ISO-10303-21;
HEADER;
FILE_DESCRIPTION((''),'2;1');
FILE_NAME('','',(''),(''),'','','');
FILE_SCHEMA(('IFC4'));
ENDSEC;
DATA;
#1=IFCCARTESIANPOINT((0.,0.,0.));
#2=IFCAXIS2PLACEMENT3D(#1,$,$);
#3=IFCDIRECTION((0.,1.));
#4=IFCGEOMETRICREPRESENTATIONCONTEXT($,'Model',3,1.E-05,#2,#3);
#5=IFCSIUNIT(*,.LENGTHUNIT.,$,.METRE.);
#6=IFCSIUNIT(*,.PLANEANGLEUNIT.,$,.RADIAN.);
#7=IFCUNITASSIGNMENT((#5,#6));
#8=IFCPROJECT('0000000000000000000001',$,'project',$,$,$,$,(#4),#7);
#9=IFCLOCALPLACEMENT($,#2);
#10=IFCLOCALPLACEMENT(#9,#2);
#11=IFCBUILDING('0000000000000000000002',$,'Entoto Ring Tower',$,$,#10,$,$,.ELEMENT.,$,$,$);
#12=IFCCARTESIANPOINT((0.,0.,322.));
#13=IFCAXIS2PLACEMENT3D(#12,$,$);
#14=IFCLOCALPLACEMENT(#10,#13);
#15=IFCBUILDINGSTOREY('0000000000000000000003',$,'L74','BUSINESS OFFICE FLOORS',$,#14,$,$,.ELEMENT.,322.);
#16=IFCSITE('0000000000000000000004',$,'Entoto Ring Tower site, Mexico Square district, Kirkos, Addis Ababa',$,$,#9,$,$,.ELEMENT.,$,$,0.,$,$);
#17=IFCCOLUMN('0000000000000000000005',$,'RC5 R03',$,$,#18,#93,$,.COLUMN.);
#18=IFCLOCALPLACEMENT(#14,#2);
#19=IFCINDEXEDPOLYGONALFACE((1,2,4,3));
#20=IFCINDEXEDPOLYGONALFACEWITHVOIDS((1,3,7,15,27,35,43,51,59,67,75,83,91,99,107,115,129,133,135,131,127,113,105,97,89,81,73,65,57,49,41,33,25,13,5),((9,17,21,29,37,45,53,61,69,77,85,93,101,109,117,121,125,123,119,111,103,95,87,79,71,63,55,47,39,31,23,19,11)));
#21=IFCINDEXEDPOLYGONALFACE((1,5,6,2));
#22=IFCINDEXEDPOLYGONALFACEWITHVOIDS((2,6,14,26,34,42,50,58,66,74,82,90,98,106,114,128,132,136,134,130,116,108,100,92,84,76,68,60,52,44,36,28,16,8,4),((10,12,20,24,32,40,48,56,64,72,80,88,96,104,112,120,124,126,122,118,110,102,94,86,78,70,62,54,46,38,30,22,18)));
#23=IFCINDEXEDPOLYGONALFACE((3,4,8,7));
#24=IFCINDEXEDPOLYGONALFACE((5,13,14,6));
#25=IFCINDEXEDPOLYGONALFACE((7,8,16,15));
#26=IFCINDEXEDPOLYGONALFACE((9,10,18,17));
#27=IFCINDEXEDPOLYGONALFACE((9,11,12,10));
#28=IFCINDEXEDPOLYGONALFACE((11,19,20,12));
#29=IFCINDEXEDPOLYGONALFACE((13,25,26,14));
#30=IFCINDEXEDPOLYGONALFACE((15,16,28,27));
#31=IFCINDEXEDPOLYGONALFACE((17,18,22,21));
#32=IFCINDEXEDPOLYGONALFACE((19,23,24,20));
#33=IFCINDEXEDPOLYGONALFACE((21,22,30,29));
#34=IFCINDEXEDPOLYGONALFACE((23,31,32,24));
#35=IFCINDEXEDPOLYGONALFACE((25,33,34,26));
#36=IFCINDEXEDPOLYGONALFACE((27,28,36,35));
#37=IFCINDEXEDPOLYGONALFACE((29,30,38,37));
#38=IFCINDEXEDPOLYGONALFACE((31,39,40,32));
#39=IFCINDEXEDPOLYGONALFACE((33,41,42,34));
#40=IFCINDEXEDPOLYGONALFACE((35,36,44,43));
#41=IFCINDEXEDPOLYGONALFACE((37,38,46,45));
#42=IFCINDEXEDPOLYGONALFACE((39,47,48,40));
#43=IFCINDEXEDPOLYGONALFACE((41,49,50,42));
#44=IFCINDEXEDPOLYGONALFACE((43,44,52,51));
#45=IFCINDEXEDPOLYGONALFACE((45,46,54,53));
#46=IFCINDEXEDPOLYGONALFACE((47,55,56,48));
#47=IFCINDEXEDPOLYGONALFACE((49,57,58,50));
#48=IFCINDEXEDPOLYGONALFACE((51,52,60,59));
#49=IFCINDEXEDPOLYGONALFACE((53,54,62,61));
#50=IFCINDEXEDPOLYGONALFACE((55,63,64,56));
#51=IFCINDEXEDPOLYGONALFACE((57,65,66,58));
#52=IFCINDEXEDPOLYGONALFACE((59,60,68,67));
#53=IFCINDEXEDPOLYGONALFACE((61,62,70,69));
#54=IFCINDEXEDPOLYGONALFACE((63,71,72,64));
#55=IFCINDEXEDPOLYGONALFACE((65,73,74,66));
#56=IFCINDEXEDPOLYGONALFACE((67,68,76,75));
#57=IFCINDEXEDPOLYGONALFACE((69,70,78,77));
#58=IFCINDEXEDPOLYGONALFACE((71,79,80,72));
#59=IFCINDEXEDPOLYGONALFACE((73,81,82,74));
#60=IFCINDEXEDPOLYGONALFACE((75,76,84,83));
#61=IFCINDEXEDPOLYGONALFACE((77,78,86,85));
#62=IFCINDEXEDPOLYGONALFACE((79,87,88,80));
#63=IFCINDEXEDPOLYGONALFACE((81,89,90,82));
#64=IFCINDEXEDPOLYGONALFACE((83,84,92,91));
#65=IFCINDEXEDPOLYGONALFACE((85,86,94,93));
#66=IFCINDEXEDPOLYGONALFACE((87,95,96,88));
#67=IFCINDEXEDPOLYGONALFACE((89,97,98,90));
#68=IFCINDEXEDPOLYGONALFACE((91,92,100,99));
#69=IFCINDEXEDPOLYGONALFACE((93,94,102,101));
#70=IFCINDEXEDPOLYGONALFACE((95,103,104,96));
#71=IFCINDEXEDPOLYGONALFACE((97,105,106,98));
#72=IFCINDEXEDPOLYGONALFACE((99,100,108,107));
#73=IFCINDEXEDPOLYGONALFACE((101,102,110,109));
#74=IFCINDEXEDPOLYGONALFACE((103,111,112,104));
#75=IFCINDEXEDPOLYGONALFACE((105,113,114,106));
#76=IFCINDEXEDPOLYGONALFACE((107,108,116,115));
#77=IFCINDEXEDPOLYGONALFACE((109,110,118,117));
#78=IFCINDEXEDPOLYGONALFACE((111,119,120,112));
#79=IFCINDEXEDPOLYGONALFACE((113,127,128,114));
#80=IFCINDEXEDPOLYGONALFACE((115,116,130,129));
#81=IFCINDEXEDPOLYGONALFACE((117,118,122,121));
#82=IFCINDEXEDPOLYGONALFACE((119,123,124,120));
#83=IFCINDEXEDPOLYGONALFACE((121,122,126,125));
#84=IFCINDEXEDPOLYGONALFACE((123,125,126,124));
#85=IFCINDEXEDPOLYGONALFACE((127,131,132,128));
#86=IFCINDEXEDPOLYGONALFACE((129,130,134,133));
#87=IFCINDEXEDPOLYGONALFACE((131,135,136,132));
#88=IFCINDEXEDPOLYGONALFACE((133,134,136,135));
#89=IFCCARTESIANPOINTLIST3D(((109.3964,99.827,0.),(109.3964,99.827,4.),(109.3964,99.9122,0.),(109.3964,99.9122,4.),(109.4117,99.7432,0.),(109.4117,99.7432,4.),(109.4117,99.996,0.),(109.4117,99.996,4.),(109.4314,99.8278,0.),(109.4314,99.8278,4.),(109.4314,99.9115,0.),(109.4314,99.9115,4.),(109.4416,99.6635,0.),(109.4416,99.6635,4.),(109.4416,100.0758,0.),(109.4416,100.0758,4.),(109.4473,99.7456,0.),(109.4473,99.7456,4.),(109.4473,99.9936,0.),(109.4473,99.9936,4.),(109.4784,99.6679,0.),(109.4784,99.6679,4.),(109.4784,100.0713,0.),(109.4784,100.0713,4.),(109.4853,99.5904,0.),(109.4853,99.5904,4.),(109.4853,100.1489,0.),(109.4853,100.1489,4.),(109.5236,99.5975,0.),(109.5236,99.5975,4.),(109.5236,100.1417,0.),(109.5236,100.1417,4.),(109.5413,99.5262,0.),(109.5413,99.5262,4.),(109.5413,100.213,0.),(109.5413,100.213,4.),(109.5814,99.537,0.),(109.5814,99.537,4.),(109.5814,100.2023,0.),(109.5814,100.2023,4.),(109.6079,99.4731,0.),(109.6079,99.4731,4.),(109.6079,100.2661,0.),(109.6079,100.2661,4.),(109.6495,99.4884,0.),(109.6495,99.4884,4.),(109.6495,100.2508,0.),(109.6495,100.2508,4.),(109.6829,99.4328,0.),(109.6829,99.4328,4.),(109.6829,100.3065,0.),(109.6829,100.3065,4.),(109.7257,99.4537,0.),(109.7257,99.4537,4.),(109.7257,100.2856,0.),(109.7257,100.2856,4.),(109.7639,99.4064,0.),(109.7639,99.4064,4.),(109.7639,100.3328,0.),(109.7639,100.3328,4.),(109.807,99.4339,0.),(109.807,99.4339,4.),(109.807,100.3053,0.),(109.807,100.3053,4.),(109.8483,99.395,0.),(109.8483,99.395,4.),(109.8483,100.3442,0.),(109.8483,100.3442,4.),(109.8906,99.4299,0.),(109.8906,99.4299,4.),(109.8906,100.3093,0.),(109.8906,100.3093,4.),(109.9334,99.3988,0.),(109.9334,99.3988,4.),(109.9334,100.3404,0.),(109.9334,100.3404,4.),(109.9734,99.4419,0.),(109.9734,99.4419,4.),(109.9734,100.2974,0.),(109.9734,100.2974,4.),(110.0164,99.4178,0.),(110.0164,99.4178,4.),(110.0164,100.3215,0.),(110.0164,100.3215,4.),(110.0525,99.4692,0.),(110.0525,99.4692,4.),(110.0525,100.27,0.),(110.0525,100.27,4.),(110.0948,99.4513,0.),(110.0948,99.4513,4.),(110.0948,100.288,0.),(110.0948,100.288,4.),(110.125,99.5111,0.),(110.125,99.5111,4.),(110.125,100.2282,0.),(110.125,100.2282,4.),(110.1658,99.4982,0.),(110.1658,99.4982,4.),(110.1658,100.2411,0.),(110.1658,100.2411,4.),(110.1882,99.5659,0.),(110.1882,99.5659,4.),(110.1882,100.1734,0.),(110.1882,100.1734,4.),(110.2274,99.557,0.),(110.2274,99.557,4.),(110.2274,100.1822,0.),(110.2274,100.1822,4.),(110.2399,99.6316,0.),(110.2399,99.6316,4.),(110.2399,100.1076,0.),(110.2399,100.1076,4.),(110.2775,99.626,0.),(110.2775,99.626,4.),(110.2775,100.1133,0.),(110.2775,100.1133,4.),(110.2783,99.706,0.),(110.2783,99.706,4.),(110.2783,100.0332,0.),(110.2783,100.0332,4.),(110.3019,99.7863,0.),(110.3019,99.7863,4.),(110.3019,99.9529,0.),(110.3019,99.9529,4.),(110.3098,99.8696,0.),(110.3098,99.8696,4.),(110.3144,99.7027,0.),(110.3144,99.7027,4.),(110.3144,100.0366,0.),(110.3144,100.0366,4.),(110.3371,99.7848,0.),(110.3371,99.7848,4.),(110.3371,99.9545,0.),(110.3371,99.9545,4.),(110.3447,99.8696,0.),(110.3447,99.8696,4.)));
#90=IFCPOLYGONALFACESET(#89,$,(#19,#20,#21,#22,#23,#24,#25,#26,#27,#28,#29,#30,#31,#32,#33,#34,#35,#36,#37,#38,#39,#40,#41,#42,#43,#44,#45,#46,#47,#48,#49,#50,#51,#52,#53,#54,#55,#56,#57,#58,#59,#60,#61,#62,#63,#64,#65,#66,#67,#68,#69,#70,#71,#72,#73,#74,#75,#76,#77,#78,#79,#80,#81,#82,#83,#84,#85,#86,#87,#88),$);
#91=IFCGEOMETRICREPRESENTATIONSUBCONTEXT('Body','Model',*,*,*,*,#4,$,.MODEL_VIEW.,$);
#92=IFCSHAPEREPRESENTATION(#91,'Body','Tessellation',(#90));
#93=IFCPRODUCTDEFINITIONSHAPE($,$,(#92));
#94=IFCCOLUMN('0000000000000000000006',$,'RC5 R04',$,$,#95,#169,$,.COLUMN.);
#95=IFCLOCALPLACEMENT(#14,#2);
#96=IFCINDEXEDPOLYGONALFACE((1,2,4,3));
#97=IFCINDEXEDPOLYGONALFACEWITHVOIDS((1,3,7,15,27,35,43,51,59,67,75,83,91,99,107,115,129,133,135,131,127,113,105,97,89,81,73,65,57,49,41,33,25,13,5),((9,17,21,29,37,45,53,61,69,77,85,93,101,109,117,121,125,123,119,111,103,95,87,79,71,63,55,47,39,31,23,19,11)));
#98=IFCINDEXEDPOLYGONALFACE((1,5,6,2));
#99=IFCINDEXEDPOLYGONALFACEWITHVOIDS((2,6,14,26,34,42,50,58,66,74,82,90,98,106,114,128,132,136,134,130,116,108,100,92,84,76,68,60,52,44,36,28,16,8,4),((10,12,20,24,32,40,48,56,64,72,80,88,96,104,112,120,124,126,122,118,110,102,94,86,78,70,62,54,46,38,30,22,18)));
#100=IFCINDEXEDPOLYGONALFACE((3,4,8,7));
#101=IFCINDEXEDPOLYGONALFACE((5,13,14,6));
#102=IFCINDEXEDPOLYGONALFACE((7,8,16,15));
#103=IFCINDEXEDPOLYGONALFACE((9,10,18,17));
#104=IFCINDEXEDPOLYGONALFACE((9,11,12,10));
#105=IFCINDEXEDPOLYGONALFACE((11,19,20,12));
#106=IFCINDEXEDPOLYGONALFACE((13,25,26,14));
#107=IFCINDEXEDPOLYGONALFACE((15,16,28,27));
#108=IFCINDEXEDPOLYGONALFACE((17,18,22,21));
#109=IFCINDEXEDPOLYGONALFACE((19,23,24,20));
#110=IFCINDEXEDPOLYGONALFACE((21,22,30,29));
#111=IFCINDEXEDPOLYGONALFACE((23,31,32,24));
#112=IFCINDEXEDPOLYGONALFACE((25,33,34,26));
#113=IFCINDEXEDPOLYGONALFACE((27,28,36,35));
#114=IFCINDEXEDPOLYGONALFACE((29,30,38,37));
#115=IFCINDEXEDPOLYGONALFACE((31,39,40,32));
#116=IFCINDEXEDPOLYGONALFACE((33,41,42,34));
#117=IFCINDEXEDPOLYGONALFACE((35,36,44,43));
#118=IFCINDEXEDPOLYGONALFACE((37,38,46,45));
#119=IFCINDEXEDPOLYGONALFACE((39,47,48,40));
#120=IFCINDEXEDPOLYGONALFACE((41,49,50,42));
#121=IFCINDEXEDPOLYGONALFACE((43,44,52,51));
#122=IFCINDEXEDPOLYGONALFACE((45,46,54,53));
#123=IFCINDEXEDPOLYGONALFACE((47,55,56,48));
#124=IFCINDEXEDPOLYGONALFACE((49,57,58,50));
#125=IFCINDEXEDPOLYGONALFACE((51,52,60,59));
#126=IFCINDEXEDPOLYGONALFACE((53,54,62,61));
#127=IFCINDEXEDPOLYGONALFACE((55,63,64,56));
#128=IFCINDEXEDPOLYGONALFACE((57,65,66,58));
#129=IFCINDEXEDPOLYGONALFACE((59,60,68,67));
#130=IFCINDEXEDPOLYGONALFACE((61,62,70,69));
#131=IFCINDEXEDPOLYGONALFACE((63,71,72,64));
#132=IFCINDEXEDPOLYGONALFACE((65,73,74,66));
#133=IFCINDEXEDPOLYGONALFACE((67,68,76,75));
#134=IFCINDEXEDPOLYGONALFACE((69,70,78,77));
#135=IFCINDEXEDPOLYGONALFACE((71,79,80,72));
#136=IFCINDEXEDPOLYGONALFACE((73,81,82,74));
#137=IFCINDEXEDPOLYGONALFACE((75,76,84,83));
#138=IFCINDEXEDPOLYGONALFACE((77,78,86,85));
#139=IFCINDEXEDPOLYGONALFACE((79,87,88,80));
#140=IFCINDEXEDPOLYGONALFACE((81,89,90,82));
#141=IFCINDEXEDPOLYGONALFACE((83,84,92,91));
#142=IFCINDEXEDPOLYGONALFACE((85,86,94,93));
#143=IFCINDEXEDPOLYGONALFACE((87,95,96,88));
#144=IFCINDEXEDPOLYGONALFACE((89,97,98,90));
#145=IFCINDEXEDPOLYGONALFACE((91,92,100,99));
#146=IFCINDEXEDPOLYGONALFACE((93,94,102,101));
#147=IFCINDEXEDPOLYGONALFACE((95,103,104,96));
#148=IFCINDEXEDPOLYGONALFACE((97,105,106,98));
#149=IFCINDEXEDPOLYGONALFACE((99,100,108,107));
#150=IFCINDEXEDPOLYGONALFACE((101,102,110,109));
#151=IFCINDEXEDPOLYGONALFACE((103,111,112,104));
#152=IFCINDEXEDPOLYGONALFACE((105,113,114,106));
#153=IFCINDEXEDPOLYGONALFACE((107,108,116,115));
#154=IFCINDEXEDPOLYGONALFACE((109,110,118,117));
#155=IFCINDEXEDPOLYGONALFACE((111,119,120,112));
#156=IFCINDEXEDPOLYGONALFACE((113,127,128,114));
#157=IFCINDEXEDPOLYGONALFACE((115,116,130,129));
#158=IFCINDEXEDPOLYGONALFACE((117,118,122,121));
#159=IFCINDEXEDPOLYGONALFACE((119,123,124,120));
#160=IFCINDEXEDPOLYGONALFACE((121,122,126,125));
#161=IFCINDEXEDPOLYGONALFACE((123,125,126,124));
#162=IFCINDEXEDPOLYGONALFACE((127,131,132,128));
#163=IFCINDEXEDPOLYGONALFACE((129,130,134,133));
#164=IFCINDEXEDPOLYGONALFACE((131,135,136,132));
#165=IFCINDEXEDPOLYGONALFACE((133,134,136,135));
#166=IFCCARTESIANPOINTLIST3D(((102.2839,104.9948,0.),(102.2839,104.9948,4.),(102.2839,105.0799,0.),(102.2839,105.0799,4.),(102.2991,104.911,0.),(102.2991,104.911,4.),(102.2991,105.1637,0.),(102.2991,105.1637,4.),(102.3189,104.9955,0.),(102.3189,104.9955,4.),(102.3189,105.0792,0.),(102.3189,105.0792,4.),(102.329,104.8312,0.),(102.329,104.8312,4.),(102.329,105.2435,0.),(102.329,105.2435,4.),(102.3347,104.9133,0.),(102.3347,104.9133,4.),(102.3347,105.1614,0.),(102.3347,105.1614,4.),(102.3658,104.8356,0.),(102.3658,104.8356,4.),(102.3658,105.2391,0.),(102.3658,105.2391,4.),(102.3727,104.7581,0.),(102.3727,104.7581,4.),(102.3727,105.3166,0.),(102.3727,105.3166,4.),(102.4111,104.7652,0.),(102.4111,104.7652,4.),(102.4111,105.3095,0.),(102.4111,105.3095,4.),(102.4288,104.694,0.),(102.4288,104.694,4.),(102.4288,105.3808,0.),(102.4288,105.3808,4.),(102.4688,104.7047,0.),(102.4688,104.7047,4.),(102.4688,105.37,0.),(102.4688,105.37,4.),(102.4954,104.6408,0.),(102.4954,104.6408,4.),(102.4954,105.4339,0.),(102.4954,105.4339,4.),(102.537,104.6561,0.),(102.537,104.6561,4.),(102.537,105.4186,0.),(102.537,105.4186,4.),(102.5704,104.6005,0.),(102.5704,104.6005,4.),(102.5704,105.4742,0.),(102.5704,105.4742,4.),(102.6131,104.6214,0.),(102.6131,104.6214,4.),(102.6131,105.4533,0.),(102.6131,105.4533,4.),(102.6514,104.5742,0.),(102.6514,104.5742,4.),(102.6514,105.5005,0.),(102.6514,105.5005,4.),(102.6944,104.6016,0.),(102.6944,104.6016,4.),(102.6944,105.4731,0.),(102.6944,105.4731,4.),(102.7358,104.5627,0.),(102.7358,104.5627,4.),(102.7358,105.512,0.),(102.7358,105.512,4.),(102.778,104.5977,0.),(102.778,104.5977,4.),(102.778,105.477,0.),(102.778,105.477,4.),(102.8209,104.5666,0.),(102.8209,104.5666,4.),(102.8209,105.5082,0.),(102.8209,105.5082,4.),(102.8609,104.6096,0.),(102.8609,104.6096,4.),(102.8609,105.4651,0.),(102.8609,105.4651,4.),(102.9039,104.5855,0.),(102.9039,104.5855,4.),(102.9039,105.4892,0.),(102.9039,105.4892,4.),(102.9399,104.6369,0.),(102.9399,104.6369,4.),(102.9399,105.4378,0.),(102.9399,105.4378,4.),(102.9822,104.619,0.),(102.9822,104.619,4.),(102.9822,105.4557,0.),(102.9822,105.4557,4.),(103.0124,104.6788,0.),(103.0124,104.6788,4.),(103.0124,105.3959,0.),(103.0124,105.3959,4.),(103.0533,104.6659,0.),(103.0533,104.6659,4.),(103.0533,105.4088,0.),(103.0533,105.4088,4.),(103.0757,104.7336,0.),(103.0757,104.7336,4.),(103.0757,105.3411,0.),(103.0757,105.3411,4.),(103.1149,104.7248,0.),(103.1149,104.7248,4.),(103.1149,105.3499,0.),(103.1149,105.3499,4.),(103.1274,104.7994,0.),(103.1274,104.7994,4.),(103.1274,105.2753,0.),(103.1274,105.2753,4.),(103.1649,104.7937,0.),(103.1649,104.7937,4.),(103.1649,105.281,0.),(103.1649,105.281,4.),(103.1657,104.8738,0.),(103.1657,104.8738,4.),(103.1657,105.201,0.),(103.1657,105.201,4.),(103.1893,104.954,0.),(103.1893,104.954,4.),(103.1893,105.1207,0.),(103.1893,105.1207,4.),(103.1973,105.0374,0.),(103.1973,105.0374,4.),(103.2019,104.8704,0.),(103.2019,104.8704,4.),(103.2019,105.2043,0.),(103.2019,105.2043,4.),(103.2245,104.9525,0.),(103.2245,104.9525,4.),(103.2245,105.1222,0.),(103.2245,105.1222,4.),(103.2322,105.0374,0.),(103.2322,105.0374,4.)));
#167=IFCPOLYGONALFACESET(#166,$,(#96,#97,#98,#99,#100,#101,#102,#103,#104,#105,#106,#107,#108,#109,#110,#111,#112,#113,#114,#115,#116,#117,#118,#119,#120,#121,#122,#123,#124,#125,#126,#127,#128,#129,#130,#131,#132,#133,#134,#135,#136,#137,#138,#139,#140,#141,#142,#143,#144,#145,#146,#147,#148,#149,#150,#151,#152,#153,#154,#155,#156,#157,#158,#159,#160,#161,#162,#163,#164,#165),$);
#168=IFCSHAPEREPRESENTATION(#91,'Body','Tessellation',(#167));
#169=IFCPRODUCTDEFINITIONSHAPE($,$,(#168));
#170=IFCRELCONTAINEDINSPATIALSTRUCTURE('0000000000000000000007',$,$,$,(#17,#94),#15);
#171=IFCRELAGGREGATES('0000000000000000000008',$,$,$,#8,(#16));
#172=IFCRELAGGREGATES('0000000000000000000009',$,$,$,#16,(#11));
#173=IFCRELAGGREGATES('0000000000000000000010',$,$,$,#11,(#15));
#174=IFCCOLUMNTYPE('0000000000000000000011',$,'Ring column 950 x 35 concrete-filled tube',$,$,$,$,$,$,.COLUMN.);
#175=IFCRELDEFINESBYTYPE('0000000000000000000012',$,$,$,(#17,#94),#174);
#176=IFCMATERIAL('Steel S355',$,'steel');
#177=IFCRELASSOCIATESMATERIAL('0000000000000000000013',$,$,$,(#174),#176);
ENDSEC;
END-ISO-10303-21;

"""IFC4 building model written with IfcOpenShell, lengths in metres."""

from ifc_helpers import new_model, si_unit, direction, frame, origin, origin_2d, place, context, subcontext, project, spatial, circle, hollow_circle, extrude, material, material_profile, profile_set, type_object, element, save


model = new_model("IFC4")

# Units and contexts
model_context = context("Model", 3, precision=1e-05, world=origin(), true_north=direction((0.0, 1.0)))
body_context = subcontext(model_context, "Body", "Model", "MODEL_VIEW")
ifc_project = project(units=[si_unit("LENGTHUNIT", "METRE"), si_unit("PLANEANGLEUNIT", "RADIAN")], contexts=[model_context])

# Site, building, storey
site_placement = place(None, origin())
site = spatial("IfcSite", under=ifc_project, at=site_placement, Name="Entoto Ring Tower site, Mexico Square district, Kirkos, Addis Ababa", CompositionType="ELEMENT", RefElevation=0.0)
building_placement = place(site_placement, origin())
building = spatial("IfcBuilding", under=site, at=building_placement, Name="Entoto Ring Tower", CompositionType="ELEMENT")
storey_placement = place(building_placement, frame((0.0, 0.0, 322.0)))
storey = spatial("IfcBuildingStorey", under=building, at=storey_placement, Name="L74", Description="BUSINESS OFFICE FLOORS", CompositionType="ELEMENT", Elevation=322.0)

# Columns
ifc_material_1 = material(Name="Steel S355", Category="steel")
ifc_material_profile_1 = material_profile(ifc_material_1, hollow_circle(Radius=0.4751, WallThickness=0.0349, at=origin_2d()), Name="CHS 950 x 35")
ifc_material_2 = material(Name="Concrete C60/75", Category="concrete")
ifc_material_profile_2 = material_profile(ifc_material_2, circle(Radius=0.4399, at=origin_2d()), Name="Concrete C60/75 infill")
ifc_profile_set_1 = profile_set([ifc_material_profile_1, ifc_material_profile_2], Name="Steel S355")
column_type = type_object("IfcColumnType", Name="Ring column 950 x 35 concrete-filled tube", PredefinedType="COLUMN", material=ifc_profile_set_1)
for number, where, z_axis, x_axis, name in (
    (1, (109.8696, 99.8696, 0.0), (0.0, 0.0, 1.0), (1.0, 0.0, 0.0), "RC5 R03"),
    (2, (102.7571, 105.0374, 0.0), (0.0, 0.0, 1.0), (1.0, 0.0, 0.0), "RC5 R04"),
):
    element("IfcColumn", number, at=place(storey_placement, frame(where, z_axis=z_axis, x_axis=x_axis)), inside=storey, type_object=column_type, Name=name, PredefinedType="COLUMN", context=body_context, shape_type="SweptSolid", body=[
        extrude(hollow_circle(Radius=0.4751, WallThickness=0.0349, at=origin_2d()), origin(), (0.0, 0.0, 1.0), 4.0),
    ])

save(model, "model.ifc")
